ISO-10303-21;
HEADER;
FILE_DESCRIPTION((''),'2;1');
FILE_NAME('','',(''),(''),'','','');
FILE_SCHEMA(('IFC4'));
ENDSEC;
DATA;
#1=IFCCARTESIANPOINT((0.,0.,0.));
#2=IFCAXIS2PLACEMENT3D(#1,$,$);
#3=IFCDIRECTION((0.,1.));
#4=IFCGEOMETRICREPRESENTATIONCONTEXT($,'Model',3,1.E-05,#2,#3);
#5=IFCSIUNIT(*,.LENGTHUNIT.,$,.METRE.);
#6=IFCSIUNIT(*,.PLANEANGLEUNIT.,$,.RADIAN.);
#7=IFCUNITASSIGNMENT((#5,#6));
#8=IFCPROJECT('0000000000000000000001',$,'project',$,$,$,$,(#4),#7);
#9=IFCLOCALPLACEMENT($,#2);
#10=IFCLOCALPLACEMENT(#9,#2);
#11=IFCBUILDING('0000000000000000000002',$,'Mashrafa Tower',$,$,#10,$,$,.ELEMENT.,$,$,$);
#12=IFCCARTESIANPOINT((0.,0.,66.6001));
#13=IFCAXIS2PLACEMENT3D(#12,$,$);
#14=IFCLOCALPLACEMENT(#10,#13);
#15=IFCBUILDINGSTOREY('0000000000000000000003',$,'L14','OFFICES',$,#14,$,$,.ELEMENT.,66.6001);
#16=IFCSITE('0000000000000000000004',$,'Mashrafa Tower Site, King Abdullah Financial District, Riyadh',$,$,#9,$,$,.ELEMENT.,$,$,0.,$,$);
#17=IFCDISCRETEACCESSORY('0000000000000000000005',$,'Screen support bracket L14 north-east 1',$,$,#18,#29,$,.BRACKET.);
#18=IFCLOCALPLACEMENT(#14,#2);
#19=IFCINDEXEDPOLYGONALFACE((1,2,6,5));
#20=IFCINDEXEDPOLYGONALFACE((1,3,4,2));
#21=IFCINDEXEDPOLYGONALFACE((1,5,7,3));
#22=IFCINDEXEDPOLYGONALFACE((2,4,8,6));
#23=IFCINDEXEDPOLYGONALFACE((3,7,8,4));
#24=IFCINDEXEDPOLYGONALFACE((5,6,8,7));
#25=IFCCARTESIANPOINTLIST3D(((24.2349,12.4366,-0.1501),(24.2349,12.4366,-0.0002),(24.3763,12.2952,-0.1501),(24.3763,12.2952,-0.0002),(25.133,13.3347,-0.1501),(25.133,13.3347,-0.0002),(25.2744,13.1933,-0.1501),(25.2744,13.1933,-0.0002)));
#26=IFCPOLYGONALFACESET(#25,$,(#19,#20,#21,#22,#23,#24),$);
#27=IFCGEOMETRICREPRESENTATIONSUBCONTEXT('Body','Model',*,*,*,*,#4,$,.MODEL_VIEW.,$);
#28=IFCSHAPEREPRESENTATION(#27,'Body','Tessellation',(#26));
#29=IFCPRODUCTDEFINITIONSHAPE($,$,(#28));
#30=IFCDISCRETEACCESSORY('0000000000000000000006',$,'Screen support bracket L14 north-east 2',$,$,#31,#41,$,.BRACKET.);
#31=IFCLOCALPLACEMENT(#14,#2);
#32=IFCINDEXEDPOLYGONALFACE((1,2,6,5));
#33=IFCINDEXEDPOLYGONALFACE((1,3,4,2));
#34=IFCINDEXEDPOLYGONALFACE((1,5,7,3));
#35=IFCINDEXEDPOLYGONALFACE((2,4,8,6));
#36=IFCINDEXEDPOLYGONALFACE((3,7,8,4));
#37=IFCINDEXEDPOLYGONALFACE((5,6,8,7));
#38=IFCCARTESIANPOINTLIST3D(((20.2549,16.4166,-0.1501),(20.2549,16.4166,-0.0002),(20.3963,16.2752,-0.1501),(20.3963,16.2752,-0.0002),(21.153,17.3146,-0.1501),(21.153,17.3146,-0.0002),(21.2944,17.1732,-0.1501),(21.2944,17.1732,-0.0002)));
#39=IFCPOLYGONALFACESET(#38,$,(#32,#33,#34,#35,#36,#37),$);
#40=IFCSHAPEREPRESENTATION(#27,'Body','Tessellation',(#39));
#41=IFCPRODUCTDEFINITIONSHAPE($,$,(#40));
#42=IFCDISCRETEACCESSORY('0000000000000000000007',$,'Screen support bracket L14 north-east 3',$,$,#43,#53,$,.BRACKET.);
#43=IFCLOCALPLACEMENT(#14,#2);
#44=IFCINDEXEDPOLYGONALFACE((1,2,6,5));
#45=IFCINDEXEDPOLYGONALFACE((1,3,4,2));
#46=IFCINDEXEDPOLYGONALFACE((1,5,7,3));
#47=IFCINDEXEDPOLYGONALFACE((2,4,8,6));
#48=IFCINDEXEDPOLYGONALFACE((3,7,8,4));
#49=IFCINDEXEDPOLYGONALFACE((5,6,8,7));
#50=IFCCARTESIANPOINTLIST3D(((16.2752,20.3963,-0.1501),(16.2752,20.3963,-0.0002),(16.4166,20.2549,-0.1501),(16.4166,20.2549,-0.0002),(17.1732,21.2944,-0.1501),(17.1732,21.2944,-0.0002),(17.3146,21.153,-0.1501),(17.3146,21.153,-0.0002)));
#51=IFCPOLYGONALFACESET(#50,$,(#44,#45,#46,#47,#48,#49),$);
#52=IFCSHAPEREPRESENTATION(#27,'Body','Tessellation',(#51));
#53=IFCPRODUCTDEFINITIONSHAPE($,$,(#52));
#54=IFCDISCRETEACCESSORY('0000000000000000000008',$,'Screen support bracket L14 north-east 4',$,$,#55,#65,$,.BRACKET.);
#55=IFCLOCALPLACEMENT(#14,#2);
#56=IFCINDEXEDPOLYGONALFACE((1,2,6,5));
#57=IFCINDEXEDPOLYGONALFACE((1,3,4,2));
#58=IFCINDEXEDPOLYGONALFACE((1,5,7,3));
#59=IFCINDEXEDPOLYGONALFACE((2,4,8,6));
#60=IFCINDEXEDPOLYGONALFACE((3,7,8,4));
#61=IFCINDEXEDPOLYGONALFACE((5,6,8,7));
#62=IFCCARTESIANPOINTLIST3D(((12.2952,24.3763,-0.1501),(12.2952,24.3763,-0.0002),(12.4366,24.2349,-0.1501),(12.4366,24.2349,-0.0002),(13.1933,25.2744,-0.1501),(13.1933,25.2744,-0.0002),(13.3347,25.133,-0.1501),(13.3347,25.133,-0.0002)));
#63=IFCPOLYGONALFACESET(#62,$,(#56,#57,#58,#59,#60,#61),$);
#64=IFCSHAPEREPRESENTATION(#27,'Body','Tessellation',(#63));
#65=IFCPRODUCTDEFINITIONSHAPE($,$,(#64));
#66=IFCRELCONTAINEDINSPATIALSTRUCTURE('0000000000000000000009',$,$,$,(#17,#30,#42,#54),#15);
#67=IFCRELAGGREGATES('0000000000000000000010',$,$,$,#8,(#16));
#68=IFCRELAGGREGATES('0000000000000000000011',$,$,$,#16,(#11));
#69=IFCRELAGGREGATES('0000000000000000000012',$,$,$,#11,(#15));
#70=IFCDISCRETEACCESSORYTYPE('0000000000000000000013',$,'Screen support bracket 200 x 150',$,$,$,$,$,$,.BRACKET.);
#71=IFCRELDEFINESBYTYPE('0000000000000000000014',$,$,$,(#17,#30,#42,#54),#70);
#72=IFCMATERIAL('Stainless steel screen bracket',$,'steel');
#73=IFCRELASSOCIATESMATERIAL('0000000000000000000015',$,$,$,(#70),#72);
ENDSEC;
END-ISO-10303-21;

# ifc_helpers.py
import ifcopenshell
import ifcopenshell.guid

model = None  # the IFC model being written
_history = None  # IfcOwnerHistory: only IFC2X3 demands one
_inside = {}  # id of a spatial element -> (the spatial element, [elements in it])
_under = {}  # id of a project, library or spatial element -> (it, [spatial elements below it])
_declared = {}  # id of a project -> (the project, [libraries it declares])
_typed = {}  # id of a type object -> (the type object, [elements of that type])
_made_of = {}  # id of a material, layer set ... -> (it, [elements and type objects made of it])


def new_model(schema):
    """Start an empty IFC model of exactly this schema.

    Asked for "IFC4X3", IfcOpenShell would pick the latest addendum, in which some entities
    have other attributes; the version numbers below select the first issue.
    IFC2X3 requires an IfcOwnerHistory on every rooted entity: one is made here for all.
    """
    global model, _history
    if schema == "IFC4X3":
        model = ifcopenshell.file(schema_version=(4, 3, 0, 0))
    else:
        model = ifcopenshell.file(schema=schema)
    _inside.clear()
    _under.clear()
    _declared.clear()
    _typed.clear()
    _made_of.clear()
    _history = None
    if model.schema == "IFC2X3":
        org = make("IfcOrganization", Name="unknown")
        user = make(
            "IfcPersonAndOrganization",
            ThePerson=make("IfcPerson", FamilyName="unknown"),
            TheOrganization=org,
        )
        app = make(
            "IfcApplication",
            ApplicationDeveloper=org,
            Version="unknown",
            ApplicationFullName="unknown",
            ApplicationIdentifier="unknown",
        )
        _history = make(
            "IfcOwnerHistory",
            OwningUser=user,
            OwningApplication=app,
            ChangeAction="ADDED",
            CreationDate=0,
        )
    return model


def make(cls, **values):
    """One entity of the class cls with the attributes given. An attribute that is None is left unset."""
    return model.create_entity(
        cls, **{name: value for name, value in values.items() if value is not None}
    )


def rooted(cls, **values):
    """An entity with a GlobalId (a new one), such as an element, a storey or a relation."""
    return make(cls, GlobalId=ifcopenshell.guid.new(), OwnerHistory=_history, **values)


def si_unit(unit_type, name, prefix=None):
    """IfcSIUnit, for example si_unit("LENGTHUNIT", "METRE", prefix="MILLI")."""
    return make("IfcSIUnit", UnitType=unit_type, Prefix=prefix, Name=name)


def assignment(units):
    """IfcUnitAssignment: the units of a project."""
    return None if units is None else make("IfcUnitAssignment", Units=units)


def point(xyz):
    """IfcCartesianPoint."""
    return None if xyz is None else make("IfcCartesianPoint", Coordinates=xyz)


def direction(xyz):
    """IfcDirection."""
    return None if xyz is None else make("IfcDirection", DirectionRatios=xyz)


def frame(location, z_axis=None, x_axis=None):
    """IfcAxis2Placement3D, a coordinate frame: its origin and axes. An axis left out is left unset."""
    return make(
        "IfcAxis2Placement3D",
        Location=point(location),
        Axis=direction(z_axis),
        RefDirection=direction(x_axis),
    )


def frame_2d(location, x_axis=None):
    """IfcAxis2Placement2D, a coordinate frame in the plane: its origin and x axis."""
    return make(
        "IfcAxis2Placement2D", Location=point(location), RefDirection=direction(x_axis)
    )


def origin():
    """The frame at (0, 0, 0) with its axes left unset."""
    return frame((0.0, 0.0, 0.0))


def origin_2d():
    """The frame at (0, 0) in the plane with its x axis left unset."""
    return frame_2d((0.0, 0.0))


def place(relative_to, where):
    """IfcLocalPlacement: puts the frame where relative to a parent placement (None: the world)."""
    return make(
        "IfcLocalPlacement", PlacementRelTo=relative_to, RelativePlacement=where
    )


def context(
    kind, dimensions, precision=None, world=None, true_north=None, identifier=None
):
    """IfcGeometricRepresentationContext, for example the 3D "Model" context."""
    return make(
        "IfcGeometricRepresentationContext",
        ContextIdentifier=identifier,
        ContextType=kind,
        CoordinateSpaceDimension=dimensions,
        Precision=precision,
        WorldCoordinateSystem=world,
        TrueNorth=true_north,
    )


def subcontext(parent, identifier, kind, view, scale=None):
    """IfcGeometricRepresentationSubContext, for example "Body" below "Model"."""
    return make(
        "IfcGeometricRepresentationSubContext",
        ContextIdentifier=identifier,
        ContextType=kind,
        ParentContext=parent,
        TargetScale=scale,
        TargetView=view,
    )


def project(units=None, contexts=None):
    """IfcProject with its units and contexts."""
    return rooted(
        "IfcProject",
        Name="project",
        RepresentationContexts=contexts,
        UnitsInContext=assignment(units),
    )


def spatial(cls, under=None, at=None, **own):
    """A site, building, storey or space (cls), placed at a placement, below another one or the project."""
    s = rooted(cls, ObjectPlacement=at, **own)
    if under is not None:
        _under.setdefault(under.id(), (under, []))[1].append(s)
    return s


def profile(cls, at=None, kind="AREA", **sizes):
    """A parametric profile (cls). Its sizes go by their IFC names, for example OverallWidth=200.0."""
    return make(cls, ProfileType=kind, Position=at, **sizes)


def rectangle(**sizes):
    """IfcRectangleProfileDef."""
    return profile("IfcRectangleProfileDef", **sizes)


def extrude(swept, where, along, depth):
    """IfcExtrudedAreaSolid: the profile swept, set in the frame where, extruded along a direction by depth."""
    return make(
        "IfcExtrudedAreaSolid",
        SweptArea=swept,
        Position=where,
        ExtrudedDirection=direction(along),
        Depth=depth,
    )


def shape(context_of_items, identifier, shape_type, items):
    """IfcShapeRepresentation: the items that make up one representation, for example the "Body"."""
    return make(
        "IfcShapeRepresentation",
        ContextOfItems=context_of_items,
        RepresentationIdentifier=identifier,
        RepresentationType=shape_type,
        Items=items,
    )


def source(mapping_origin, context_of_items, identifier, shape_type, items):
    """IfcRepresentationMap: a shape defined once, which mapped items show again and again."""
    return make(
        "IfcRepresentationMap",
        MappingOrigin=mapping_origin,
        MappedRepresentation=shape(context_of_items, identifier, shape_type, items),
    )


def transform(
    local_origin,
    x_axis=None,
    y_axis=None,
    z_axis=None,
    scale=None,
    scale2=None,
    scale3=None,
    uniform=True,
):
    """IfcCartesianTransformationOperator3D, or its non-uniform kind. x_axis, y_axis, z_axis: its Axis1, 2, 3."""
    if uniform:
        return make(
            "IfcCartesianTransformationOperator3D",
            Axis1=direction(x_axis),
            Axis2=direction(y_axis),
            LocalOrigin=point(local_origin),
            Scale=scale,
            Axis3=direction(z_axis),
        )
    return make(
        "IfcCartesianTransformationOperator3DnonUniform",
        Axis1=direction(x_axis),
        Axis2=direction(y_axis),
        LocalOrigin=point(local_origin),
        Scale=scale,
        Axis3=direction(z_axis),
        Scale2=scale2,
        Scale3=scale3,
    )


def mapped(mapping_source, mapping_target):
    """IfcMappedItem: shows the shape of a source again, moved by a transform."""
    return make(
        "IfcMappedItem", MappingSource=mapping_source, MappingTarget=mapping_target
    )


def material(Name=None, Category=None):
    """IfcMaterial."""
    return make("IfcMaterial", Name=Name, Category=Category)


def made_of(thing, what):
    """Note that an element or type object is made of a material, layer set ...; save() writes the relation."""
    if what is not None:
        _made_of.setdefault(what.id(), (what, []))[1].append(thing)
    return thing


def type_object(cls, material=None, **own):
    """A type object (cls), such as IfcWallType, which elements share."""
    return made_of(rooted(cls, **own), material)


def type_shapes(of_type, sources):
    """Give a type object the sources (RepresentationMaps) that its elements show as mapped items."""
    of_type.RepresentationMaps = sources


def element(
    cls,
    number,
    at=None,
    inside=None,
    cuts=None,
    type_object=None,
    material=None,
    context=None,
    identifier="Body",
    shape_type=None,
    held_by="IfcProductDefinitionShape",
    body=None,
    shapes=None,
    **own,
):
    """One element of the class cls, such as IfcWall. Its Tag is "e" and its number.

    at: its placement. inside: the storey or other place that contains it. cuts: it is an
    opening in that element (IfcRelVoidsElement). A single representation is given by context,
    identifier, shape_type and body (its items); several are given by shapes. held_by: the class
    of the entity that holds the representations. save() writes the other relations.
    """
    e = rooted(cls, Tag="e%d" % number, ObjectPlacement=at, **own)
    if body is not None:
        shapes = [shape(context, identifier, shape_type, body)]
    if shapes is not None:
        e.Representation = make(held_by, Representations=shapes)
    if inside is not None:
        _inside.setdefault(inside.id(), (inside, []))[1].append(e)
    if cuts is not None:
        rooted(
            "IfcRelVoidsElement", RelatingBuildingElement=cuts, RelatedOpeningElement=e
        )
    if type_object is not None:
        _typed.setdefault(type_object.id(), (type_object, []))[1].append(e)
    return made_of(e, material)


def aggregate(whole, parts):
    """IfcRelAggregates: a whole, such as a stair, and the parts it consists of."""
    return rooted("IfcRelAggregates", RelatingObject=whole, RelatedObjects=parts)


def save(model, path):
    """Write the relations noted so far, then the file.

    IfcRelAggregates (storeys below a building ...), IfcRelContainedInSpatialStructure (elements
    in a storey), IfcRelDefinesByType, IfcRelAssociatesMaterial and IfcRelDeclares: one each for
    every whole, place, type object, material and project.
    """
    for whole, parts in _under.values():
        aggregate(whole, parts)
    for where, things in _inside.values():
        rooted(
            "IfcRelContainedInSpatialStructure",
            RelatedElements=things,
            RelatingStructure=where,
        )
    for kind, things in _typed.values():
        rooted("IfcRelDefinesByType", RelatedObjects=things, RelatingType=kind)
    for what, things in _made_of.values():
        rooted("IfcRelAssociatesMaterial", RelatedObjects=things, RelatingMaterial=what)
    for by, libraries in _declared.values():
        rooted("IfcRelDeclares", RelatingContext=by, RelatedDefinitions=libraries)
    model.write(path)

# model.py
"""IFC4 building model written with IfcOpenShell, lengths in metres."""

from ifc_helpers import new_model, si_unit, direction, frame, origin, origin_2d, place, context, subcontext, project, spatial, rectangle, extrude, source, transform, mapped, material, type_object, type_shapes, element, save


model = new_model("IFC4")

# Units and contexts
model_context = context("Model", 3, precision=1e-05, world=origin(), true_north=direction((0.0, 1.0)))
body_context = subcontext(model_context, "Body", "Model", "MODEL_VIEW")
ifc_project = project(units=[si_unit("LENGTHUNIT", "METRE"), si_unit("PLANEANGLEUNIT", "RADIAN")], contexts=[model_context])

# Site, building, storey
site_placement = place(None, origin())
site = spatial("IfcSite", under=ifc_project, at=site_placement, Name="Mashrafa Tower Site, King Abdullah Financial District, Riyadh", CompositionType="ELEMENT", RefElevation=0.0)
building_placement = place(site_placement, origin())
building = spatial("IfcBuilding", under=site, at=building_placement, Name="Mashrafa Tower", CompositionType="ELEMENT")
storey_placement = place(building_placement, frame((0.0, 0.0, 66.6001)))
storey = spatial("IfcBuildingStorey", under=building, at=storey_placement, Name="L14", Description="OFFICES", CompositionType="ELEMENT", Elevation=66.6001)

# Discrete accessories
ifc_material_1 = material(Name="Stainless steel screen bracket", Category="steel")
discrete_accessory_type = type_object("IfcDiscreteAccessoryType", Name="Screen support bracket 200 x 150", PredefinedType="BRACKET", material=ifc_material_1)
shared_shape_1 = source(origin(), body_context, "Body", "SweptSolid", [
    extrude(rectangle(XDim=0.2, YDim=1.27, at=origin_2d()), origin(), (0.0, 0.0, 1.0), 0.1499),
])
type_shapes(discrete_accessory_type, [shared_shape_1])
for number, where, z_axis, x_axis, name in (
    (1, (24.7546, 12.8149, -0.1501), (0.0, 0.0, 1.0), (-0.707107, 0.707107, 0.0), "Screen support bracket L14 north-east 1"),
    (2, (20.7747, 16.7949, -0.1501), (0.0, 0.0, 1.0), (-0.707107, 0.707107, 0.0), "Screen support bracket L14 north-east 2"),
    (3, (16.7949, 20.7747, -0.1501), (0.0, 0.0, 1.0), (-0.707107, 0.707107, 0.0), "Screen support bracket L14 north-east 3"),
    (4, (12.8149, 24.7546, -0.1501), (0.0, 0.0, 1.0), (-0.707107, 0.707107, 0.0), "Screen support bracket L14 north-east 4"),
):
    element("IfcDiscreteAccessory", number, at=place(storey_placement, frame(where, z_axis=z_axis, x_axis=x_axis)), inside=storey, type_object=discrete_accessory_type, Name=name, PredefinedType="BRACKET", context=body_context, shape_type="MappedRepresentation", body=[
        mapped(shared_shape_1, transform((0.0, 0.0, 0.0))),
    ])

save(model, "model.ifc")
